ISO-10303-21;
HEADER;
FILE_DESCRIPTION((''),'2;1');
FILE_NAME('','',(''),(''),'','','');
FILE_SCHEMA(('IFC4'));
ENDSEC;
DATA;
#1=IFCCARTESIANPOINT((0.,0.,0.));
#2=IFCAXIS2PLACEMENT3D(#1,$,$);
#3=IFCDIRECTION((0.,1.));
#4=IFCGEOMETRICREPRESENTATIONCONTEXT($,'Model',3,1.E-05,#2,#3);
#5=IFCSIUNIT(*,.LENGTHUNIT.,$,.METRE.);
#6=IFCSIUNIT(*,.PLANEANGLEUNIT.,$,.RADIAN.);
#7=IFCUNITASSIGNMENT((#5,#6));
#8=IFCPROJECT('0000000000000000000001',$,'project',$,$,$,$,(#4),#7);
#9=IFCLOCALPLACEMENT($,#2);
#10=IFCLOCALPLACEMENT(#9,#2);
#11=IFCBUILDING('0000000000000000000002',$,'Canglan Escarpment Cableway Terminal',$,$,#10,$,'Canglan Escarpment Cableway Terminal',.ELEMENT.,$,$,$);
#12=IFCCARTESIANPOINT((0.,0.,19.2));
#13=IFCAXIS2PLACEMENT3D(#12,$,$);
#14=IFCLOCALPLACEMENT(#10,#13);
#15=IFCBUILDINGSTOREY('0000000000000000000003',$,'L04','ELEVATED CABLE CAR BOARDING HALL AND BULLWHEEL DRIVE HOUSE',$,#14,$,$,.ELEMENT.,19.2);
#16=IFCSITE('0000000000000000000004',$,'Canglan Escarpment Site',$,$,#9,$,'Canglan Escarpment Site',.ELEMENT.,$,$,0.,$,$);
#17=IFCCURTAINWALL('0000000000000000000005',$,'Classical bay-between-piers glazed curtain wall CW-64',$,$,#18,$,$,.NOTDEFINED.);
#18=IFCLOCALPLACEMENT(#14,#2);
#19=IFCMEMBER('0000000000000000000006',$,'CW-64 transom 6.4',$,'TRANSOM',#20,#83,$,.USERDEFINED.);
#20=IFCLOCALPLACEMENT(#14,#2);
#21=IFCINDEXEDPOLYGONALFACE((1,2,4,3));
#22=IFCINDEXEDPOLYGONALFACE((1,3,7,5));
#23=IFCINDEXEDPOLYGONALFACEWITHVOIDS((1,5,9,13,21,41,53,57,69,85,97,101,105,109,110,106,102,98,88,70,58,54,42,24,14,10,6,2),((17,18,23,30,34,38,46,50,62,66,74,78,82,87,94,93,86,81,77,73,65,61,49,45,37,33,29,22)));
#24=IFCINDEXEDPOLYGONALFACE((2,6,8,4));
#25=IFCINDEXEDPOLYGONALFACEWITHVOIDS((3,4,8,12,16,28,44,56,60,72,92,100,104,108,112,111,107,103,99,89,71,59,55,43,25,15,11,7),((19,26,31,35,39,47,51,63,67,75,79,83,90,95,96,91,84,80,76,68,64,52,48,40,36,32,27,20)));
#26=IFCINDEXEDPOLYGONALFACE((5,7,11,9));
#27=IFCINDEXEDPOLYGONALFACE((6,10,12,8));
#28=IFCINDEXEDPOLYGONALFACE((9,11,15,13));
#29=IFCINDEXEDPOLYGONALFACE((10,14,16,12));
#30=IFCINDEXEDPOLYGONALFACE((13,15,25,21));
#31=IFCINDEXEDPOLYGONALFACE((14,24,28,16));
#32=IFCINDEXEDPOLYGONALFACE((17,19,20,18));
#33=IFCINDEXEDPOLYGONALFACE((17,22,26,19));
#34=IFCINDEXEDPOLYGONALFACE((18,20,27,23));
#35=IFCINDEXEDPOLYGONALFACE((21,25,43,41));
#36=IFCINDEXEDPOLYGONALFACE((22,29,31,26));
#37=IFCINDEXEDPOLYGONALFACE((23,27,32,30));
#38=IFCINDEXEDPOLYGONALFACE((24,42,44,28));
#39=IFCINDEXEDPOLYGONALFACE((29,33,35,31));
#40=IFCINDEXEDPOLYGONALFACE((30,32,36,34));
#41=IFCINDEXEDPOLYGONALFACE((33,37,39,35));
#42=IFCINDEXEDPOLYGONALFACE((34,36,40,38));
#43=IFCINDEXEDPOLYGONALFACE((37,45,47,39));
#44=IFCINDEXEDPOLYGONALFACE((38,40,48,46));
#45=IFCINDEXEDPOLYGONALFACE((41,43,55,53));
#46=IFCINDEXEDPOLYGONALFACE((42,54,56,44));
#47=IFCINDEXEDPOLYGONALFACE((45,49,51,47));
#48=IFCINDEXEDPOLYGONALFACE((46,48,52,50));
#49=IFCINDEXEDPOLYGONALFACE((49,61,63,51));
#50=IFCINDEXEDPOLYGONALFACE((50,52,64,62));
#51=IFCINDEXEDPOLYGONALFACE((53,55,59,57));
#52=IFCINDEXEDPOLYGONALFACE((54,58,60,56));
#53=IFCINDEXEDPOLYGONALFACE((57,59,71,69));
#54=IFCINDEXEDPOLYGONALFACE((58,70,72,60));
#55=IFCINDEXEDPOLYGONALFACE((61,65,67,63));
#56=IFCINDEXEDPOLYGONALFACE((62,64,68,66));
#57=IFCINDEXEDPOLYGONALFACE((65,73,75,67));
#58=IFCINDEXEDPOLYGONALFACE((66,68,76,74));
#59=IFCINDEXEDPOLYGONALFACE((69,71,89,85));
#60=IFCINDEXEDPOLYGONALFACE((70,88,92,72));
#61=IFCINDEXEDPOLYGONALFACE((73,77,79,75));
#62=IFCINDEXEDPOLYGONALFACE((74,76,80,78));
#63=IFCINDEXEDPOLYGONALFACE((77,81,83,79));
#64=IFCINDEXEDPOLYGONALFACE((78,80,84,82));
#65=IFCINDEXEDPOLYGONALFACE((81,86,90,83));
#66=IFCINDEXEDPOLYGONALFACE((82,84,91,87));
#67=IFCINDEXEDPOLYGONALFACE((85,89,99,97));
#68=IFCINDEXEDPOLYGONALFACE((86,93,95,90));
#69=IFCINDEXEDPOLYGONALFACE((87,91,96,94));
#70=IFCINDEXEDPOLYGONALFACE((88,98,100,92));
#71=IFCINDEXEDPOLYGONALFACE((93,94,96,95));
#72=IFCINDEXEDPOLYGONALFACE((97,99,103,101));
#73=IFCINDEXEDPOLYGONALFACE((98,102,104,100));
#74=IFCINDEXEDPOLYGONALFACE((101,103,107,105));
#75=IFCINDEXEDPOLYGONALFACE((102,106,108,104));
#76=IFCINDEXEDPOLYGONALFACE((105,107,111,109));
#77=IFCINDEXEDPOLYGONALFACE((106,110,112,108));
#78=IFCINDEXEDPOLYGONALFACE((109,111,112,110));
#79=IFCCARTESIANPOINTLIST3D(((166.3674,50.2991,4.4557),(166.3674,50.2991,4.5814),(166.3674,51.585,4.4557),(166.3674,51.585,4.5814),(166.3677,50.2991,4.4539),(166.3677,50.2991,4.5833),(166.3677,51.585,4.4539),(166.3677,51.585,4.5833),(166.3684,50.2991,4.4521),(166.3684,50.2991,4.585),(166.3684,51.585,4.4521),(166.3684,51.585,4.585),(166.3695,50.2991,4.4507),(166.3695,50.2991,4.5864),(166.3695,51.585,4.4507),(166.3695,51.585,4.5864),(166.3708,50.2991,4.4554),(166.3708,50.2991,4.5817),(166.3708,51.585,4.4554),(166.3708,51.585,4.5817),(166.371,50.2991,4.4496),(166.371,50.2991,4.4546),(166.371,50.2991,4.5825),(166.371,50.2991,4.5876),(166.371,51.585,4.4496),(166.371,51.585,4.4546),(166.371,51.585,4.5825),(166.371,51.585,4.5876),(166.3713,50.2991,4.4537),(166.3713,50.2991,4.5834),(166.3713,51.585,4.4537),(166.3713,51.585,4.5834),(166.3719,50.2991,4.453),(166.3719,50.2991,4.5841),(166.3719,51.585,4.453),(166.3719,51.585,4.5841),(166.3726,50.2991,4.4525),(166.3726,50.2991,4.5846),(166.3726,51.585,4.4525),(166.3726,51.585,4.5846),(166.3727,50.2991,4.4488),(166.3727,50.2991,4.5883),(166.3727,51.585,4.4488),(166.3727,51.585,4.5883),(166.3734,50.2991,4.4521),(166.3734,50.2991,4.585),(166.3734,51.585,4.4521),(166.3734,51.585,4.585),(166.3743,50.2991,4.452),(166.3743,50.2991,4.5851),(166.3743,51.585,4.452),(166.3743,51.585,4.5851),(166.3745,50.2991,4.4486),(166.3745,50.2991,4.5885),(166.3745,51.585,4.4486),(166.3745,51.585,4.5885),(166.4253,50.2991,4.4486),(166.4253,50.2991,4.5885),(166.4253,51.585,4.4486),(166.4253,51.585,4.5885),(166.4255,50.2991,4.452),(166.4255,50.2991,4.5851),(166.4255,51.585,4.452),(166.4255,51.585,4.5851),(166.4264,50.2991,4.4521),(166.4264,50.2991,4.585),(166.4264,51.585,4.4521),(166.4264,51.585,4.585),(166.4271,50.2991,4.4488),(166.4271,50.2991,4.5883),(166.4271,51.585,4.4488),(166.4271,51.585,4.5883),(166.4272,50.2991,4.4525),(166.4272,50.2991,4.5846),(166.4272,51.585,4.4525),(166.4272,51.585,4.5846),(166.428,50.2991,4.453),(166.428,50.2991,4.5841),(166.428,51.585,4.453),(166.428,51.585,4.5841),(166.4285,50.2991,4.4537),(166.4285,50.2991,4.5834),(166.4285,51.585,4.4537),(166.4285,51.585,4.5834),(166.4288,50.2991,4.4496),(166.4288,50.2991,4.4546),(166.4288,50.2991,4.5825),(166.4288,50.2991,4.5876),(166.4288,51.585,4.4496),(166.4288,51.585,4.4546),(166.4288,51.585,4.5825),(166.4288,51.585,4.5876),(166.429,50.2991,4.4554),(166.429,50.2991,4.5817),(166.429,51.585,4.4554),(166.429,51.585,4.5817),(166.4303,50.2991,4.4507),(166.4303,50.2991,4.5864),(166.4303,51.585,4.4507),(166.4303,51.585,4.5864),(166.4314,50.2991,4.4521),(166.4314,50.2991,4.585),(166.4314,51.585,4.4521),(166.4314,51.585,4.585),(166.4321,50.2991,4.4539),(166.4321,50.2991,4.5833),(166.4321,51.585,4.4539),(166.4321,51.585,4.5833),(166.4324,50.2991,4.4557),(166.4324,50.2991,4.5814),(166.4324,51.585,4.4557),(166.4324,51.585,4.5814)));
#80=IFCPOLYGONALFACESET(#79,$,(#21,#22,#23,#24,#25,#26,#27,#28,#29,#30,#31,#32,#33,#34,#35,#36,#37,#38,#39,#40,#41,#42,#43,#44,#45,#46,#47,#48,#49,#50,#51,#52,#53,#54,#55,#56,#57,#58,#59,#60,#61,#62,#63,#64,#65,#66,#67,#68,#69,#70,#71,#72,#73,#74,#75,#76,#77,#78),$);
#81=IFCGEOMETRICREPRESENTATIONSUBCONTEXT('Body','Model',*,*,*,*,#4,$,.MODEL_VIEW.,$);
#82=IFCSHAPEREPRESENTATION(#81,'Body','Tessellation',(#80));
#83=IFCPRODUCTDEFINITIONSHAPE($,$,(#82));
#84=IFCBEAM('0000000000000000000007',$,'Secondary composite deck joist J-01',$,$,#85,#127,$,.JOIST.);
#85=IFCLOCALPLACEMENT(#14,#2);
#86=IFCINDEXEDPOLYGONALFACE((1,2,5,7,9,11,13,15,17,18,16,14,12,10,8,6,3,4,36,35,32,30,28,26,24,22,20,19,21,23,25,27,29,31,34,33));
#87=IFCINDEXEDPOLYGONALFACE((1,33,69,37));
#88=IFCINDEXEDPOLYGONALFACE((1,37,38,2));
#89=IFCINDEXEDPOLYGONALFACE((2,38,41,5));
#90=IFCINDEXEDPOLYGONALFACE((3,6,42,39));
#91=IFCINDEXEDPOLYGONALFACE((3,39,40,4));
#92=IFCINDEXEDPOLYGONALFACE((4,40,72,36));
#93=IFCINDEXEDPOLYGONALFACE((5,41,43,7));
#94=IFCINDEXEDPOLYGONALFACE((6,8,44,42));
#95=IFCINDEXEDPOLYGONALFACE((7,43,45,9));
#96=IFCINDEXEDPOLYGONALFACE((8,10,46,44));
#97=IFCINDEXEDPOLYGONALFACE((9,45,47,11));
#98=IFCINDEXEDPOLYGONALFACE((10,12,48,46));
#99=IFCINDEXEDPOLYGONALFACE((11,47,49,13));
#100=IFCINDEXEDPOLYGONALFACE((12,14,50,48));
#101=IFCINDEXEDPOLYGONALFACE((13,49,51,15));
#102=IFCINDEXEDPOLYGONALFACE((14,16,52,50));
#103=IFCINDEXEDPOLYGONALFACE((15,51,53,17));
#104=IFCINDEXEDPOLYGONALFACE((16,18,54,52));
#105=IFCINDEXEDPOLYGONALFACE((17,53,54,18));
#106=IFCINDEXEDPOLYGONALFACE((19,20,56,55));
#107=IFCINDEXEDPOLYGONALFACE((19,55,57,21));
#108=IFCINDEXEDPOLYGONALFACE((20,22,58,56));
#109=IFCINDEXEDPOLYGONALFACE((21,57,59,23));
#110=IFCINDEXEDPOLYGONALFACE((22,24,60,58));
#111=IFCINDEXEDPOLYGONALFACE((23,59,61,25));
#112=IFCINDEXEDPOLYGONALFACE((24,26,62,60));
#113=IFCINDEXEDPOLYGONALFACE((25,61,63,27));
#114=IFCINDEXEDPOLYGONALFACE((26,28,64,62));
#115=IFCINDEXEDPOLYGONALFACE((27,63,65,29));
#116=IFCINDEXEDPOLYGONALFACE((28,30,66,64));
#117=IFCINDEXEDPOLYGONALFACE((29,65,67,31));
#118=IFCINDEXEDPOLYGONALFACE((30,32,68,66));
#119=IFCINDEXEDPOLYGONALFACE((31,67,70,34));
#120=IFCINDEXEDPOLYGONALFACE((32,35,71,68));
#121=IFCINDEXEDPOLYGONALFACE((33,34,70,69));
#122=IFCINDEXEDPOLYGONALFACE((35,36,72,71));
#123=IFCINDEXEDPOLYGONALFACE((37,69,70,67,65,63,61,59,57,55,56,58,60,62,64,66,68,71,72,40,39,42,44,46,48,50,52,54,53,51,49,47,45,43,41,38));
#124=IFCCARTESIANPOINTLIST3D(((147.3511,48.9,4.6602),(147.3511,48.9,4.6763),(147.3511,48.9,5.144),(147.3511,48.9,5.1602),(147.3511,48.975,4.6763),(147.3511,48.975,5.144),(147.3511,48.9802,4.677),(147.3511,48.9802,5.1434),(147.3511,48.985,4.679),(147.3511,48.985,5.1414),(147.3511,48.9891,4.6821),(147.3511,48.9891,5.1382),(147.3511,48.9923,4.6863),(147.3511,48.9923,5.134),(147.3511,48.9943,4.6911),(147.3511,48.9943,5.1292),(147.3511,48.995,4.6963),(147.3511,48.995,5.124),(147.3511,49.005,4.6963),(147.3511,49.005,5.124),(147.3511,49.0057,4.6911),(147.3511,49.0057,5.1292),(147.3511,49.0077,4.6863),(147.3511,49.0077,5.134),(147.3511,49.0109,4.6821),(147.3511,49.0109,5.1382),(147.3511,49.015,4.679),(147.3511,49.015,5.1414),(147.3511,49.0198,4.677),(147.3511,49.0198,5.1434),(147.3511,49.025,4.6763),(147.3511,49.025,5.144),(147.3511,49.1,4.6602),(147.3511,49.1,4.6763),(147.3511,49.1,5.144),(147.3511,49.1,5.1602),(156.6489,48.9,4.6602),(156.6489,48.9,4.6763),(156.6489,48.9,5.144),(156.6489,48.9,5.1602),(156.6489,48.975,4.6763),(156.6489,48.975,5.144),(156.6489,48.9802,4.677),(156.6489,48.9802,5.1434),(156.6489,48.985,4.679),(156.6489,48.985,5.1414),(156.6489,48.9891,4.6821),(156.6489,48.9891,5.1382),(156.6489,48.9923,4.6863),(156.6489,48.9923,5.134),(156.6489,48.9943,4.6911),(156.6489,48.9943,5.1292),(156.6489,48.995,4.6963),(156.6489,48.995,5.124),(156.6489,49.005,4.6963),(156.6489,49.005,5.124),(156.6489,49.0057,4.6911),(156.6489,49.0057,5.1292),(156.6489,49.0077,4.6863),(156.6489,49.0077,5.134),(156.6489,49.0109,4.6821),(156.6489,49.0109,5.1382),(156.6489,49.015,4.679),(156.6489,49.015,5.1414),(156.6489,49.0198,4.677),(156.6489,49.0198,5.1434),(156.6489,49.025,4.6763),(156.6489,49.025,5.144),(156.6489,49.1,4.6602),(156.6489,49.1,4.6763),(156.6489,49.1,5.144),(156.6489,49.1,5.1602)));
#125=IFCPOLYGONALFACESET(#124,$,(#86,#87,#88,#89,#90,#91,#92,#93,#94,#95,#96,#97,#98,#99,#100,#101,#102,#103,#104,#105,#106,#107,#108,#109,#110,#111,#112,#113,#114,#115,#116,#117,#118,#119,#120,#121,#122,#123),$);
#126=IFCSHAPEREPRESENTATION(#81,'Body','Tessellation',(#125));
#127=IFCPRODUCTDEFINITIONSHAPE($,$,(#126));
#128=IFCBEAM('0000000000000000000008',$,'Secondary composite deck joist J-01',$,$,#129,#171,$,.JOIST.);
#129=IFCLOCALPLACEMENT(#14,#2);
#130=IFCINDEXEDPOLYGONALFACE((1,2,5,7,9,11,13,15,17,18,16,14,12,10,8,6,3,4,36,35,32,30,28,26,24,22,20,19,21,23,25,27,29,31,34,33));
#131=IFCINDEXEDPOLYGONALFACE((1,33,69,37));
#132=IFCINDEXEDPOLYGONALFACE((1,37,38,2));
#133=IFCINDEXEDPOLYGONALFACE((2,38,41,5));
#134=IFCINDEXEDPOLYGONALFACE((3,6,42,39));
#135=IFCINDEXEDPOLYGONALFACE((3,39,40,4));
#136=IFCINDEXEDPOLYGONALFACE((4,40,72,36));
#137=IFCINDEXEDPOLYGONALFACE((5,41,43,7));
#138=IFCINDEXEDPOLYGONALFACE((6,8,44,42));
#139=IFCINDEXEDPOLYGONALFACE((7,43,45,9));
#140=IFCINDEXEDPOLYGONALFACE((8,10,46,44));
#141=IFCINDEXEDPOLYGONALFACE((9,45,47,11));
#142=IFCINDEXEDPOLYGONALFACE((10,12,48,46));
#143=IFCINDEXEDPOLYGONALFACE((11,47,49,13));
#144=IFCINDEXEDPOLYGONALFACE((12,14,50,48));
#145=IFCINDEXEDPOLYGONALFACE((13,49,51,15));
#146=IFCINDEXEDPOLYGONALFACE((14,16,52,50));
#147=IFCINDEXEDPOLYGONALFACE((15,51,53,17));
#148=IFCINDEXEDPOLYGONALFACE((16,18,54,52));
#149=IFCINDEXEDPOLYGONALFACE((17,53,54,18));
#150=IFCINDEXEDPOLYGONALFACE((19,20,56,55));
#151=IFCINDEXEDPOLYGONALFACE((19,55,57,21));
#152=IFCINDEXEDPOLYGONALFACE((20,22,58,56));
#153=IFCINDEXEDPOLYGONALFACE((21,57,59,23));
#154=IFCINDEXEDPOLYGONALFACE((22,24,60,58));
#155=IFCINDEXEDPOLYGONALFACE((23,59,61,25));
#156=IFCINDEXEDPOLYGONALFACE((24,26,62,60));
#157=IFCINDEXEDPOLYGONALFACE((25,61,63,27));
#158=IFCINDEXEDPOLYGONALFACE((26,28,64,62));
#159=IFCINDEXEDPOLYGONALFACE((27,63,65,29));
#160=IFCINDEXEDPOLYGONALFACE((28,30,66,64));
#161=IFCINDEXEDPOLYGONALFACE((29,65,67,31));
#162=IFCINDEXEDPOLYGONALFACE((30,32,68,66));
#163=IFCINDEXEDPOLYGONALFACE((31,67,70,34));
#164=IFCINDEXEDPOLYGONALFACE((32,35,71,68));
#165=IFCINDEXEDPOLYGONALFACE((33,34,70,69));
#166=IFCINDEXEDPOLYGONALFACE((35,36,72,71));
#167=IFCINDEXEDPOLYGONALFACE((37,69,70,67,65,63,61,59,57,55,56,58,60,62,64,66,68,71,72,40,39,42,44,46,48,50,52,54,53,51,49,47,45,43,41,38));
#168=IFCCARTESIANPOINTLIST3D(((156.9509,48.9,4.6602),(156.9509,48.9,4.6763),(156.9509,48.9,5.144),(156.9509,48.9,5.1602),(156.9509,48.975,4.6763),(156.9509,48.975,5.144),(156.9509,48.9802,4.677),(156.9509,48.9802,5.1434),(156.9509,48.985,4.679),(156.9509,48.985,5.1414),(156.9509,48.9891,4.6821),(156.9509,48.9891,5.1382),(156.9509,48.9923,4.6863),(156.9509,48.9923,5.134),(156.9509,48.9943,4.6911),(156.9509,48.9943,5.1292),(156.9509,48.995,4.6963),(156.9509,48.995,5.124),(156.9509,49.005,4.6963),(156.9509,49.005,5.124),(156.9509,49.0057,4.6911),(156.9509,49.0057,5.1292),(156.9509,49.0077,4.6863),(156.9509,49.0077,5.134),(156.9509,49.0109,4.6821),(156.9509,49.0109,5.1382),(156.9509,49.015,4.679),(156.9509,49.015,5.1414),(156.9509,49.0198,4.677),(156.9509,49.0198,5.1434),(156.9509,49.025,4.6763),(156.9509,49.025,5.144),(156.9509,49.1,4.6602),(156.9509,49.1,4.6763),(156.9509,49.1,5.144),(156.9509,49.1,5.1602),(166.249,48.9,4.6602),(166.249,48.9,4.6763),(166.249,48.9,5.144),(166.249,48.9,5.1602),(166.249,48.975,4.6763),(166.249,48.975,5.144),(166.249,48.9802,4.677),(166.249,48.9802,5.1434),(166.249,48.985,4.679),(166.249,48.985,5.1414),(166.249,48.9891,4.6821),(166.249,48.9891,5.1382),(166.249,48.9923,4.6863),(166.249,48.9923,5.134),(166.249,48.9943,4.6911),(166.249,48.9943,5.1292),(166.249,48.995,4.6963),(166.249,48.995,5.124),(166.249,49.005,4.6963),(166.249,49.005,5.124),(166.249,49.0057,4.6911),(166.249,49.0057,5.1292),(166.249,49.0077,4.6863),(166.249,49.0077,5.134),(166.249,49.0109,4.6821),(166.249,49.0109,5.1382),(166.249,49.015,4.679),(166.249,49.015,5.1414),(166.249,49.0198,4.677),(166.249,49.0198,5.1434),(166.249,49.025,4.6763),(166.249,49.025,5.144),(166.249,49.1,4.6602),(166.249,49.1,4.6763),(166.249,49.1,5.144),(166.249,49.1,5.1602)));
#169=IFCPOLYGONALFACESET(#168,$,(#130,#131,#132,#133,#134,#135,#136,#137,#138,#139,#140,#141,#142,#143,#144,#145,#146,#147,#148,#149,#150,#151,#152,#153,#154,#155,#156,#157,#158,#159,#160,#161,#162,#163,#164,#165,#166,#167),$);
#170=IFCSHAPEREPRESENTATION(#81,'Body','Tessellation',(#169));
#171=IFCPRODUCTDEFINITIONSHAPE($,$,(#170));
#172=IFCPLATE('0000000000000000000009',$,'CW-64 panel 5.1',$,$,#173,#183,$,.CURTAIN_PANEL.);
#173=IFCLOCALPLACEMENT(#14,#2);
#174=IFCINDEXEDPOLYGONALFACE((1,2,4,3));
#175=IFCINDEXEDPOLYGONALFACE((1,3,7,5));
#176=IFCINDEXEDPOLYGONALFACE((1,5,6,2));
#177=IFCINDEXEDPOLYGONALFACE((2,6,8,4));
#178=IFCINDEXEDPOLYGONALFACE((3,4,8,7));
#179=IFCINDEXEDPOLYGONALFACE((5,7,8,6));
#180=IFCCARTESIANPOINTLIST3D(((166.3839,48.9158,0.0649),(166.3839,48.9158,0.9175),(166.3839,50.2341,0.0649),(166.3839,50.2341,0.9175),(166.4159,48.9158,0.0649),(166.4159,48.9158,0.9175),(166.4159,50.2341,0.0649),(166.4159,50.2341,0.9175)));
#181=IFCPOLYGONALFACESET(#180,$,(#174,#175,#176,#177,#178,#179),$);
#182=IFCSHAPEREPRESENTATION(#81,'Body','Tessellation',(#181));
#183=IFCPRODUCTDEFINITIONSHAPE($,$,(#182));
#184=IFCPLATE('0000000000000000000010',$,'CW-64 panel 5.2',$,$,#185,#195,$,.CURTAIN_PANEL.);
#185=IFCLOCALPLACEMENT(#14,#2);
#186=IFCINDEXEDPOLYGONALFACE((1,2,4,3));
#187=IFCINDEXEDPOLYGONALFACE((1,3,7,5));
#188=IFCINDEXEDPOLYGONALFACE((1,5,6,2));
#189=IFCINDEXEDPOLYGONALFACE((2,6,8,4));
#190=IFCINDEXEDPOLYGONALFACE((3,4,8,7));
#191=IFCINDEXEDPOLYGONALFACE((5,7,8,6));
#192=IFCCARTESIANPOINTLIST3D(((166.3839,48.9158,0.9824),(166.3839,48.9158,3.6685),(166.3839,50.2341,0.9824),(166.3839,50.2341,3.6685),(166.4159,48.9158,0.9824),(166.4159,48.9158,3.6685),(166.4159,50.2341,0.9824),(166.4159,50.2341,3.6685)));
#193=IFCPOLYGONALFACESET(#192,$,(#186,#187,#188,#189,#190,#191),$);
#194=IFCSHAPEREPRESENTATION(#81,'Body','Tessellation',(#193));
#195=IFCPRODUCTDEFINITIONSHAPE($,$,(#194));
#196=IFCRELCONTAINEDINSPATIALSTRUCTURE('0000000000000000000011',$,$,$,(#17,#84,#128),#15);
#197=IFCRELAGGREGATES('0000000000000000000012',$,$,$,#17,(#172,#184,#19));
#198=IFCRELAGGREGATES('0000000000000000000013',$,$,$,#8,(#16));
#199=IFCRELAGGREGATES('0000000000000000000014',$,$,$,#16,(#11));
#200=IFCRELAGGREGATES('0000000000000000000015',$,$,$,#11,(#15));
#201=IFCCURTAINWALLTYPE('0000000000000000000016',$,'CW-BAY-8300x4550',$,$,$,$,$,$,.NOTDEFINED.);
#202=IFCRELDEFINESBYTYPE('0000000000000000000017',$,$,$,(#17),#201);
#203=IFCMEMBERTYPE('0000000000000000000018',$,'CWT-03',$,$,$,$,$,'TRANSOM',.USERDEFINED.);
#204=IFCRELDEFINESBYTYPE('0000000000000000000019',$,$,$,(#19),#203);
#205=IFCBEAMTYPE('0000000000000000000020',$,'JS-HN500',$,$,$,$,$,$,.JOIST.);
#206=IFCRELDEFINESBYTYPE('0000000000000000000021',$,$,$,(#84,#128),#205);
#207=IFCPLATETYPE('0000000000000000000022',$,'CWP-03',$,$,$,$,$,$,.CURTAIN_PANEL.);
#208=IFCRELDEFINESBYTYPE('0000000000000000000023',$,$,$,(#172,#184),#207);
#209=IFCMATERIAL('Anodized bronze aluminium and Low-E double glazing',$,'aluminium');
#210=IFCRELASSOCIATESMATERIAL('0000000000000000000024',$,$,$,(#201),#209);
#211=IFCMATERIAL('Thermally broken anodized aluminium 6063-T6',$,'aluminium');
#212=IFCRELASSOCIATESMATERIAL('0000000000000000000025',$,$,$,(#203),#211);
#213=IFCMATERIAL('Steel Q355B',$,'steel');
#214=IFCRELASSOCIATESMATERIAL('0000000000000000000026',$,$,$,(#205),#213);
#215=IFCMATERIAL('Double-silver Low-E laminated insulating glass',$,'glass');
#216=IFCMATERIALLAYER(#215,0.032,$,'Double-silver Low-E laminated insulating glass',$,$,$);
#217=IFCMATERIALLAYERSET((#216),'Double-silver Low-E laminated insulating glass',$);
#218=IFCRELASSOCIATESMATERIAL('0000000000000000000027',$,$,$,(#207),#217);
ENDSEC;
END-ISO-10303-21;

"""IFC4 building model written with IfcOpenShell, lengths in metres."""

from ifc_helpers import new_model, si_unit, direction, frame, origin, origin_2d, place, context, subcontext, project, spatial, rectangle, hollow_rectangle, i_section, extrude, material, layer, layer_set, material_profile, profile_set, type_object, element, aggregate, save


model = new_model("IFC4")

# Units and contexts
model_context = context("Model", 3, precision=1e-05, world=origin(), true_north=direction((0.0, 1.0)))
body_context = subcontext(model_context, "Body", "Model", "MODEL_VIEW")
ifc_project = project(units=[si_unit("LENGTHUNIT", "METRE"), si_unit("PLANEANGLEUNIT", "RADIAN")], contexts=[model_context])

# Site, building, storey
site_placement = place(None, origin())
site = spatial("IfcSite", under=ifc_project, at=site_placement, Name="Canglan Escarpment Site", LongName="Canglan Escarpment Site", CompositionType="ELEMENT", RefElevation=0.0)
building_placement = place(site_placement, origin())
building = spatial("IfcBuilding", under=site, at=building_placement, Name="Canglan Escarpment Cableway Terminal", LongName="Canglan Escarpment Cableway Terminal", CompositionType="ELEMENT")
storey_placement = place(building_placement, frame((0.0, 0.0, 19.2)))
storey = spatial("IfcBuildingStorey", under=building, at=storey_placement, Name="L04", Description="ELEVATED CABLE CAR BOARDING HALL AND BULLWHEEL DRIVE HOUSE", CompositionType="ELEMENT", Elevation=19.2)

# Shared definitions
ifc_material_1 = material(Name="Anodized bronze aluminium and Low-E double glazing", Category="aluminium")
curtain_wall_type = type_object("IfcCurtainWallType", Name="CW-BAY-8300x4550", PredefinedType="NOTDEFINED", material=ifc_material_1)
ifc_material_2 = material(Name="Thermally broken anodized aluminium 6063-T6", Category="aluminium")

# Curtain wall
curtain_wall_1_placement = place(storey_placement, origin())
curtain_wall_1 = element("IfcCurtainWall", 1, at=curtain_wall_1_placement, inside=storey, type_object=curtain_wall_type, Name="Classical bay-between-piers glazed curtain wall CW-64", PredefinedType="NOTDEFINED")

# Member
ifc_material_profile_1 = material_profile(ifc_material_2, hollow_rectangle(XDim=0.0649, YDim=0.1399, WallThickness=0.0034, InnerFilletRadius=0.0034, OuterFilletRadius=0.0071, at=origin_2d()), Name="ALU-TRAN 65x140x3.5")
ifc_profile_set_1 = profile_set([ifc_material_profile_1], Name="Thermally broken anodized aluminium 6063-T6")
member_type_1 = type_object("IfcMemberType", Name="CWT-03", ElementType="TRANSOM", PredefinedType="USERDEFINED", material=ifc_profile_set_1)
member_1_placement = place(storey_placement, frame((166.3999, 50.2991, 4.5186), z_axis=(0.0, 1.0, 0.0), x_axis=(-1.0, 0.0, 0.0)))
member_1 = element("IfcMember", 2, at=member_1_placement, type_object=member_type_1, Name="CW-64 transom 6.4", ObjectType="TRANSOM", PredefinedType="USERDEFINED", context=body_context, shape_type="SweptSolid", body=[
    extrude(hollow_rectangle(XDim=0.0649, YDim=0.1399, WallThickness=0.0034, InnerFilletRadius=0.0034, OuterFilletRadius=0.0071, at=origin_2d()), origin(), (0.0, 0.0, 1.0), 1.2859),
])

# Beams
ifc_material_3 = material(Name="Steel Q355B", Category="steel")
ifc_material_profile_2 = material_profile(ifc_material_3, i_section(OverallWidth=0.2, OverallDepth=0.5, WebThickness=0.01, FlangeThickness=0.0161, FilletRadius=0.02, at=origin_2d()), Name="HN 500x200x10x16")
ifc_profile_set_2 = profile_set([ifc_material_profile_2], Name="Steel Q355B")
beam_type_1 = type_object("IfcBeamType", Name="JS-HN500", PredefinedType="JOIST", material=ifc_profile_set_2)
beam_1_placement = place(storey_placement, frame((147.3511, 49.0, 4.9102), z_axis=(1.0, 0.0, 0.0), x_axis=(0.0, 1.0, 0.0)))
element("IfcBeam", 3, at=beam_1_placement, inside=storey, type_object=beam_type_1, Name="Secondary composite deck joist J-01", PredefinedType="JOIST", context=body_context, shape_type="SweptSolid", body=[
    extrude(i_section(OverallWidth=0.2, OverallDepth=0.5, WebThickness=0.01, FlangeThickness=0.0161, FilletRadius=0.02, at=origin_2d()), origin(), (0.0, 0.0, 1.0), 9.2979),
])
beam_2_placement = place(storey_placement, frame((156.9509, 49.0, 4.9102), z_axis=(1.0, 0.0, 0.0), x_axis=(0.0, 1.0, 0.0)))
element("IfcBeam", 4, at=beam_2_placement, inside=storey, type_object=beam_type_1, Name="Secondary composite deck joist J-01", PredefinedType="JOIST", context=body_context, shape_type="SweptSolid", body=[
    extrude(i_section(OverallWidth=0.2, OverallDepth=0.5, WebThickness=0.01, FlangeThickness=0.0161, FilletRadius=0.02, at=origin_2d()), origin(), (0.0, 0.0, 1.0), 9.2981),
])

# Plates
ifc_material_4 = material(Name="Double-silver Low-E laminated insulating glass", Category="glass")
ifc_layer_1 = layer(ifc_material_4, 0.032, Name="Double-silver Low-E laminated insulating glass")
ifc_layer_set_1 = layer_set([ifc_layer_1], Name="Double-silver Low-E laminated insulating glass")
plate_type_1 = type_object("IfcPlateType", Name="CWP-03", PredefinedType="CURTAIN_PANEL", material=ifc_layer_set_1)
plate_1_placement = place(storey_placement, frame((166.3999, 49.575, 0.0649), z_axis=(0.0, 0.0, 1.0), x_axis=(0.0, 1.0, 0.0)))
plate_1 = element("IfcPlate", 5, at=plate_1_placement, type_object=plate_type_1, Name="CW-64 panel 5.1", PredefinedType="CURTAIN_PANEL", context=body_context, shape_type="SweptSolid", body=[
    extrude(rectangle(XDim=1.3184, YDim=0.032, at=origin_2d()), origin(), (0.0, 0.0, 1.0), 0.8525),
])
plate_2_placement = place(storey_placement, frame((166.3999, 49.575, 0.9824), z_axis=(0.0, 0.0, 1.0), x_axis=(0.0, 1.0, 0.0)))
plate_2 = element("IfcPlate", 6, at=plate_2_placement, type_object=plate_type_1, Name="CW-64 panel 5.2", PredefinedType="CURTAIN_PANEL", context=body_context, shape_type="SweptSolid", body=[
    extrude(rectangle(XDim=1.3184, YDim=0.032, at=origin_2d()), origin(), (0.0, 0.0, 1.0), 2.686),
])
aggregate(curtain_wall_1, [plate_1, plate_2, member_1])

save(model, "model.ifc")
